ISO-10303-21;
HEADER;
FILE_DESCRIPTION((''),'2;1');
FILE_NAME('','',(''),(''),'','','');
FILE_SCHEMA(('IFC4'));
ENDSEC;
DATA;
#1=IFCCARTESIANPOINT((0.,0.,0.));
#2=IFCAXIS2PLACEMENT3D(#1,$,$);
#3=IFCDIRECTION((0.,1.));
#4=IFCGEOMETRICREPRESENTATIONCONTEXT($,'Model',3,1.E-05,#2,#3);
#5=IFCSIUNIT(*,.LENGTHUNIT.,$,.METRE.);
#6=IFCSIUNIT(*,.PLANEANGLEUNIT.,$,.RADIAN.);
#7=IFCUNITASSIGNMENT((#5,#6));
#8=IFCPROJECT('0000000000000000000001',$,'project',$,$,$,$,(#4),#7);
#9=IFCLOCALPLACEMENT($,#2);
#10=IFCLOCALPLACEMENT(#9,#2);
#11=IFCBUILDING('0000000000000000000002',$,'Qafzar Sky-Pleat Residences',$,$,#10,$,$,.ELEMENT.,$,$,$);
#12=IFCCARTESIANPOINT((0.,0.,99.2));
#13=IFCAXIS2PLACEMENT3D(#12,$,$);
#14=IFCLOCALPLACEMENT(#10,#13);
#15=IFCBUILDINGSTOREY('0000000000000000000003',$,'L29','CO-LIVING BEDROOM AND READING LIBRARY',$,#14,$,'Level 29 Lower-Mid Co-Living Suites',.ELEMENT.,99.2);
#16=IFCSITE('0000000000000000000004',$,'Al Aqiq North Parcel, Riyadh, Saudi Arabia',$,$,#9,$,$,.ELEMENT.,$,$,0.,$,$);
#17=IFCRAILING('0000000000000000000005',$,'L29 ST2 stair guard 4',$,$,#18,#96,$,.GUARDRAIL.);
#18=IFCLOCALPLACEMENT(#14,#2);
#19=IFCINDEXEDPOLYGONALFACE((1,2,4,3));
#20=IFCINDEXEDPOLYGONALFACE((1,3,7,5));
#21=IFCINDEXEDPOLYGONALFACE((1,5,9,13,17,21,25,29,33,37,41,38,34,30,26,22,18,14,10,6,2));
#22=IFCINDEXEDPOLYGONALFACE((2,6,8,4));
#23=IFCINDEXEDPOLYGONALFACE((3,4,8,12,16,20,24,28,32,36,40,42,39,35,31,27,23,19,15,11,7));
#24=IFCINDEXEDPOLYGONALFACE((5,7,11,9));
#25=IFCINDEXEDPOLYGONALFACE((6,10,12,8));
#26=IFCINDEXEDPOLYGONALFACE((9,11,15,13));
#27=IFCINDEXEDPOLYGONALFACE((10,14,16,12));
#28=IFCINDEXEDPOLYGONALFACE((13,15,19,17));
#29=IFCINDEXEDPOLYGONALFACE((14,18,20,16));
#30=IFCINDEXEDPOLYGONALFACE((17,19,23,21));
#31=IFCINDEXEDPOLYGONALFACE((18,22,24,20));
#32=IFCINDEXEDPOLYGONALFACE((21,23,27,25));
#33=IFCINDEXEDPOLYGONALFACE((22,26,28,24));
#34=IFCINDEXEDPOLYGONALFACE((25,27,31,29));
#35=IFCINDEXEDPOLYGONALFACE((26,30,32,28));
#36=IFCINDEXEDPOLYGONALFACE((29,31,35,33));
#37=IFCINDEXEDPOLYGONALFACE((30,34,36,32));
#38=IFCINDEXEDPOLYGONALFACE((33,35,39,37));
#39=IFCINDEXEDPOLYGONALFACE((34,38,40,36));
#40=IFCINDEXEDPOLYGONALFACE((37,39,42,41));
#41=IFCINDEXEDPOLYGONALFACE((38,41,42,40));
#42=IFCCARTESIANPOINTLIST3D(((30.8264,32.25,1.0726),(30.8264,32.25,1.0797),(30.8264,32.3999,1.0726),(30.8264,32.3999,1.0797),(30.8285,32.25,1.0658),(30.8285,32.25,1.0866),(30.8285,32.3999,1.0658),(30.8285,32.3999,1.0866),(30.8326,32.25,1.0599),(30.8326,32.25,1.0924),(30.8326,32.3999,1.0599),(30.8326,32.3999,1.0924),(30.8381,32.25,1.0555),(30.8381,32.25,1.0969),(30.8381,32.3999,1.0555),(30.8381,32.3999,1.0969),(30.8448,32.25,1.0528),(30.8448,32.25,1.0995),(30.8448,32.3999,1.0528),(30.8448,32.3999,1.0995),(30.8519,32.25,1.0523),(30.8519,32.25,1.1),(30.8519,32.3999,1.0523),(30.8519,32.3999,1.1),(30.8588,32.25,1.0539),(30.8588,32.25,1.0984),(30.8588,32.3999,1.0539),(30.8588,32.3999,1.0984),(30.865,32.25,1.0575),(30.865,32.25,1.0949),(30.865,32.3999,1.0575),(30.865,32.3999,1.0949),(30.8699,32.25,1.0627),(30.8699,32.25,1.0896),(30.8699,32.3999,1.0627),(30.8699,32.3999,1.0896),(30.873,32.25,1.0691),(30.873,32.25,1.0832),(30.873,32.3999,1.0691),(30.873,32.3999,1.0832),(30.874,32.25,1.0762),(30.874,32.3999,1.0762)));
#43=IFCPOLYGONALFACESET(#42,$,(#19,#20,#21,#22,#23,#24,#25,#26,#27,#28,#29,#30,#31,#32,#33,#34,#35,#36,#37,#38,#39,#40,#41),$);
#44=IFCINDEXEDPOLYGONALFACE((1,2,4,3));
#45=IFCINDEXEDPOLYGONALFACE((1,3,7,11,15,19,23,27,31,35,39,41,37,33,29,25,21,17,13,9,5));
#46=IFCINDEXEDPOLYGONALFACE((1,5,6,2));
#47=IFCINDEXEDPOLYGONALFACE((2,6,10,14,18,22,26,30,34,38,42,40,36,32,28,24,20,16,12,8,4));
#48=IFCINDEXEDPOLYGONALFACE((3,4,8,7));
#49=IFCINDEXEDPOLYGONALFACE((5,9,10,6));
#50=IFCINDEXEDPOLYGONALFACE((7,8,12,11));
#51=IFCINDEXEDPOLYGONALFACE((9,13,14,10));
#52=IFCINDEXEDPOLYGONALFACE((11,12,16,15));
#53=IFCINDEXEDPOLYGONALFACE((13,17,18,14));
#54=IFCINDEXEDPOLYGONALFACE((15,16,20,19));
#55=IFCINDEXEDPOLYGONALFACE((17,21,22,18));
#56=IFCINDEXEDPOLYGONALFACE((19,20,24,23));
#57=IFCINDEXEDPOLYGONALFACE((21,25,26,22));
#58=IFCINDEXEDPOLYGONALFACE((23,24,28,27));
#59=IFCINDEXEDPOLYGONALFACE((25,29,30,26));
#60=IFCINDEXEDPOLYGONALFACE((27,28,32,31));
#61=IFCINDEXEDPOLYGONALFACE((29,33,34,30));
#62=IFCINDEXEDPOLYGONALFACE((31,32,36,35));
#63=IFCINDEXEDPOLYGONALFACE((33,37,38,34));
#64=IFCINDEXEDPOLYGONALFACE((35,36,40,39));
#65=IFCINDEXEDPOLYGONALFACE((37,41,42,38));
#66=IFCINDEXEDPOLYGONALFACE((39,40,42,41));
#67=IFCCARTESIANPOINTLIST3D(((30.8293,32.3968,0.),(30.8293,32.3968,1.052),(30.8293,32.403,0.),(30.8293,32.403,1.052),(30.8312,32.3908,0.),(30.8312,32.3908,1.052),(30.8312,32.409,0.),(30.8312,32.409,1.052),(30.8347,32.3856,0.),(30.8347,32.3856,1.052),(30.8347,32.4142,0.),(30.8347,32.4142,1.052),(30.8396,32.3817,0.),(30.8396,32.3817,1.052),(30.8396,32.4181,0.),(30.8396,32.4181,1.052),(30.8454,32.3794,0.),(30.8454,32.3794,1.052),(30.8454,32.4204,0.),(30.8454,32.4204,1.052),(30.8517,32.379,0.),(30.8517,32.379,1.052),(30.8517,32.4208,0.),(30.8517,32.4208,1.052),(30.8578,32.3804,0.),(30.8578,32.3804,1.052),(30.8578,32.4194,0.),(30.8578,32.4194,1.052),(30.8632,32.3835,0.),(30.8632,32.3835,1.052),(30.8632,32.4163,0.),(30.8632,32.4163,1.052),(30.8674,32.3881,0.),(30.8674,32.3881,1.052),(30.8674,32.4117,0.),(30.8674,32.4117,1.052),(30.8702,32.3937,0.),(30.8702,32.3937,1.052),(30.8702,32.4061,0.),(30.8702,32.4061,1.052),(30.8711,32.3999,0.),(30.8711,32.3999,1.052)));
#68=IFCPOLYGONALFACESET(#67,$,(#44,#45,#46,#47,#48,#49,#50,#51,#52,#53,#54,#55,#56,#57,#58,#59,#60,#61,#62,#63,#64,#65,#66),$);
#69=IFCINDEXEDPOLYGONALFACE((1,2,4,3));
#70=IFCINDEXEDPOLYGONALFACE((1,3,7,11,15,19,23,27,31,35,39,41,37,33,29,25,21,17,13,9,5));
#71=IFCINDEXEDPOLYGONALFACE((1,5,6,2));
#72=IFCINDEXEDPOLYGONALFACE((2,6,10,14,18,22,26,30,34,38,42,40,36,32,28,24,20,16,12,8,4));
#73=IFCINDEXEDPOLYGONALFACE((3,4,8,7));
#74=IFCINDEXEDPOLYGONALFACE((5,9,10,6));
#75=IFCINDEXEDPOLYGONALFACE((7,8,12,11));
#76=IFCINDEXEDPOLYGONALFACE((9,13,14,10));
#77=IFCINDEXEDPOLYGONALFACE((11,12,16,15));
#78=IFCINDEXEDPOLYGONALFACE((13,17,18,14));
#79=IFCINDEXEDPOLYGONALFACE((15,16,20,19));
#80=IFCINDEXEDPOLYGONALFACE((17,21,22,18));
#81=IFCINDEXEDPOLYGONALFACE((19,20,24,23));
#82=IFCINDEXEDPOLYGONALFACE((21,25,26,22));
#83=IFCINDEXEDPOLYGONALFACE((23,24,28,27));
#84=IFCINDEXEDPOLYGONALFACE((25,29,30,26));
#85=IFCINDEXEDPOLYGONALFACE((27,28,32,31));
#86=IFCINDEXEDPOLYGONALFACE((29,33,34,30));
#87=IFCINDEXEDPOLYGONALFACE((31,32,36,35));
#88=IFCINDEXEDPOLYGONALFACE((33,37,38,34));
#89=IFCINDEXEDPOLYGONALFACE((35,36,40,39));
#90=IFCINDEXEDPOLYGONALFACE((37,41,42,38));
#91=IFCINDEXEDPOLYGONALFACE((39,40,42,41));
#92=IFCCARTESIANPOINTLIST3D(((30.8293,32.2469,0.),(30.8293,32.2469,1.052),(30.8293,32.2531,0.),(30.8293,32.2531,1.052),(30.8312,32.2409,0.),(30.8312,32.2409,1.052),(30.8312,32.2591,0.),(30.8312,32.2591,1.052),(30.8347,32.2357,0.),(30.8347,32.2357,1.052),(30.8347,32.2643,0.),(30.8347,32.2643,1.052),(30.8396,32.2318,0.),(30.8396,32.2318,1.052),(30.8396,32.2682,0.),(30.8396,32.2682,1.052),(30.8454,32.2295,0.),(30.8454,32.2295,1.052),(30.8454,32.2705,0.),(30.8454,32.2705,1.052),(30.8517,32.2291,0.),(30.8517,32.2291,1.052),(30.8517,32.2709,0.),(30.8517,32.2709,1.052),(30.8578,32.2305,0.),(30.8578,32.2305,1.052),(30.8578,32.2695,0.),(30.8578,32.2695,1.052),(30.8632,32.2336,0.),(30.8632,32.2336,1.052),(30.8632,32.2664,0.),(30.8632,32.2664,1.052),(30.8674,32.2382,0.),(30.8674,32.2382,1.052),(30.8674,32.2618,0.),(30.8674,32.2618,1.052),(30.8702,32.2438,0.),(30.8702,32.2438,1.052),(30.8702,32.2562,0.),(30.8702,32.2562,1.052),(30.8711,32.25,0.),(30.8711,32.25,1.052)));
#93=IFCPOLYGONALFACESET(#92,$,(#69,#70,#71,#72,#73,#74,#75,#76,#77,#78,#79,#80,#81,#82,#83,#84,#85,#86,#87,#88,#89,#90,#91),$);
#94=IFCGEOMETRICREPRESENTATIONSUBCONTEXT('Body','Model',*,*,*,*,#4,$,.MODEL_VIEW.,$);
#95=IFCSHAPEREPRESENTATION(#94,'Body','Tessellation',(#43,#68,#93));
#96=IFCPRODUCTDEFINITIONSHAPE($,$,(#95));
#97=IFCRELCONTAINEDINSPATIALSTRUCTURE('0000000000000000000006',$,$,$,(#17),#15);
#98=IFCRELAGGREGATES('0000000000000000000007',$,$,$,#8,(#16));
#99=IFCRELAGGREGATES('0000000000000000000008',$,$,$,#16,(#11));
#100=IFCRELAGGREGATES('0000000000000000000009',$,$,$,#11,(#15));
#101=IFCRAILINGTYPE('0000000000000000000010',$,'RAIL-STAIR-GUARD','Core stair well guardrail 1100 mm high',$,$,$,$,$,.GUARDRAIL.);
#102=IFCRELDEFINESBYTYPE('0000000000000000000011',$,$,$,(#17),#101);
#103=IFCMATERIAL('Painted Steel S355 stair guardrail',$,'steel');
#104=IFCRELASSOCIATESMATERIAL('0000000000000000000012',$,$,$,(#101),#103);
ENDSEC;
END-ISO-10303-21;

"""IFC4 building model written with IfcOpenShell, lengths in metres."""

from ifc_helpers import new_model, si_unit, direction, frame, origin, origin_2d, place, context, subcontext, project, spatial, circle, extrude, source, transform, mapped, material, type_object, element, save


model = new_model("IFC4")

# Units and contexts
model_context = context("Model", 3, precision=1e-05, world=origin(), true_north=direction((0.0, 1.0)))
body_context = subcontext(model_context, "Body", "Model", "MODEL_VIEW")
ifc_project = project(units=[si_unit("LENGTHUNIT", "METRE"), si_unit("PLANEANGLEUNIT", "RADIAN")], contexts=[model_context])

# Site, building, storey
site_placement = place(None, origin())
site = spatial("IfcSite", under=ifc_project, at=site_placement, Name="Al Aqiq North Parcel, Riyadh, Saudi Arabia", CompositionType="ELEMENT", RefElevation=0.0)
building_placement = place(site_placement, origin())
building = spatial("IfcBuilding", under=site, at=building_placement, Name="Qafzar Sky-Pleat Residences", CompositionType="ELEMENT")
storey_placement = place(building_placement, frame((0.0, 0.0, 99.2)))
storey = spatial("IfcBuildingStorey", under=building, at=storey_placement, Name="L29", Description="CO-LIVING BEDROOM AND READING LIBRARY", LongName="Level 29 Lower-Mid Co-Living Suites", CompositionType="ELEMENT", Elevation=99.2)

# Railing
ifc_material_1 = material(Name="Painted Steel S355 stair guardrail", Category="steel")
railing_type_1 = type_object("IfcRailingType", Name="RAIL-STAIR-GUARD", Description="Core stair well guardrail 1100 mm high", PredefinedType="GUARDRAIL", material=ifc_material_1)
shared_shape_1 = source(origin(), body_context, "Body", "SweptSolid", [
    extrude(circle(Radius=0.0239, at=origin_2d()), frame((0.0, 0.0, 1.0762), z_axis=(0.0, -1.0, 0.0), x_axis=(1.0, 0.0, 0.0)), (0.0, 0.0, 1.0), 0.1499),
    extrude(circle(Radius=0.021, at=origin_2d()), origin(), (0.0, 0.0, 1.0), 1.052),
    extrude(circle(Radius=0.021, at=origin_2d()), frame((0.0, -0.1499, 0.0)), (0.0, 0.0, 1.0), 1.052),
])
for number, where, name in (
    (1, (30.8501, 32.3999, 0.0), "L29 ST2 stair guard 4"),
):
    element("IfcRailing", number, at=place(storey_placement, frame(where)), inside=storey, type_object=railing_type_1, Name=name, PredefinedType="GUARDRAIL", context=body_context, shape_type="MappedRepresentation", body=[
        mapped(shared_shape_1, transform((0.0, 0.0, 0.0), x_axis=(1.0, 0.0, 0.0), y_axis=(0.0, 1.0, 0.0), z_axis=(0.0, 0.0, 1.0), scale=1.0)),
    ])

save(model, "model.ifc")
